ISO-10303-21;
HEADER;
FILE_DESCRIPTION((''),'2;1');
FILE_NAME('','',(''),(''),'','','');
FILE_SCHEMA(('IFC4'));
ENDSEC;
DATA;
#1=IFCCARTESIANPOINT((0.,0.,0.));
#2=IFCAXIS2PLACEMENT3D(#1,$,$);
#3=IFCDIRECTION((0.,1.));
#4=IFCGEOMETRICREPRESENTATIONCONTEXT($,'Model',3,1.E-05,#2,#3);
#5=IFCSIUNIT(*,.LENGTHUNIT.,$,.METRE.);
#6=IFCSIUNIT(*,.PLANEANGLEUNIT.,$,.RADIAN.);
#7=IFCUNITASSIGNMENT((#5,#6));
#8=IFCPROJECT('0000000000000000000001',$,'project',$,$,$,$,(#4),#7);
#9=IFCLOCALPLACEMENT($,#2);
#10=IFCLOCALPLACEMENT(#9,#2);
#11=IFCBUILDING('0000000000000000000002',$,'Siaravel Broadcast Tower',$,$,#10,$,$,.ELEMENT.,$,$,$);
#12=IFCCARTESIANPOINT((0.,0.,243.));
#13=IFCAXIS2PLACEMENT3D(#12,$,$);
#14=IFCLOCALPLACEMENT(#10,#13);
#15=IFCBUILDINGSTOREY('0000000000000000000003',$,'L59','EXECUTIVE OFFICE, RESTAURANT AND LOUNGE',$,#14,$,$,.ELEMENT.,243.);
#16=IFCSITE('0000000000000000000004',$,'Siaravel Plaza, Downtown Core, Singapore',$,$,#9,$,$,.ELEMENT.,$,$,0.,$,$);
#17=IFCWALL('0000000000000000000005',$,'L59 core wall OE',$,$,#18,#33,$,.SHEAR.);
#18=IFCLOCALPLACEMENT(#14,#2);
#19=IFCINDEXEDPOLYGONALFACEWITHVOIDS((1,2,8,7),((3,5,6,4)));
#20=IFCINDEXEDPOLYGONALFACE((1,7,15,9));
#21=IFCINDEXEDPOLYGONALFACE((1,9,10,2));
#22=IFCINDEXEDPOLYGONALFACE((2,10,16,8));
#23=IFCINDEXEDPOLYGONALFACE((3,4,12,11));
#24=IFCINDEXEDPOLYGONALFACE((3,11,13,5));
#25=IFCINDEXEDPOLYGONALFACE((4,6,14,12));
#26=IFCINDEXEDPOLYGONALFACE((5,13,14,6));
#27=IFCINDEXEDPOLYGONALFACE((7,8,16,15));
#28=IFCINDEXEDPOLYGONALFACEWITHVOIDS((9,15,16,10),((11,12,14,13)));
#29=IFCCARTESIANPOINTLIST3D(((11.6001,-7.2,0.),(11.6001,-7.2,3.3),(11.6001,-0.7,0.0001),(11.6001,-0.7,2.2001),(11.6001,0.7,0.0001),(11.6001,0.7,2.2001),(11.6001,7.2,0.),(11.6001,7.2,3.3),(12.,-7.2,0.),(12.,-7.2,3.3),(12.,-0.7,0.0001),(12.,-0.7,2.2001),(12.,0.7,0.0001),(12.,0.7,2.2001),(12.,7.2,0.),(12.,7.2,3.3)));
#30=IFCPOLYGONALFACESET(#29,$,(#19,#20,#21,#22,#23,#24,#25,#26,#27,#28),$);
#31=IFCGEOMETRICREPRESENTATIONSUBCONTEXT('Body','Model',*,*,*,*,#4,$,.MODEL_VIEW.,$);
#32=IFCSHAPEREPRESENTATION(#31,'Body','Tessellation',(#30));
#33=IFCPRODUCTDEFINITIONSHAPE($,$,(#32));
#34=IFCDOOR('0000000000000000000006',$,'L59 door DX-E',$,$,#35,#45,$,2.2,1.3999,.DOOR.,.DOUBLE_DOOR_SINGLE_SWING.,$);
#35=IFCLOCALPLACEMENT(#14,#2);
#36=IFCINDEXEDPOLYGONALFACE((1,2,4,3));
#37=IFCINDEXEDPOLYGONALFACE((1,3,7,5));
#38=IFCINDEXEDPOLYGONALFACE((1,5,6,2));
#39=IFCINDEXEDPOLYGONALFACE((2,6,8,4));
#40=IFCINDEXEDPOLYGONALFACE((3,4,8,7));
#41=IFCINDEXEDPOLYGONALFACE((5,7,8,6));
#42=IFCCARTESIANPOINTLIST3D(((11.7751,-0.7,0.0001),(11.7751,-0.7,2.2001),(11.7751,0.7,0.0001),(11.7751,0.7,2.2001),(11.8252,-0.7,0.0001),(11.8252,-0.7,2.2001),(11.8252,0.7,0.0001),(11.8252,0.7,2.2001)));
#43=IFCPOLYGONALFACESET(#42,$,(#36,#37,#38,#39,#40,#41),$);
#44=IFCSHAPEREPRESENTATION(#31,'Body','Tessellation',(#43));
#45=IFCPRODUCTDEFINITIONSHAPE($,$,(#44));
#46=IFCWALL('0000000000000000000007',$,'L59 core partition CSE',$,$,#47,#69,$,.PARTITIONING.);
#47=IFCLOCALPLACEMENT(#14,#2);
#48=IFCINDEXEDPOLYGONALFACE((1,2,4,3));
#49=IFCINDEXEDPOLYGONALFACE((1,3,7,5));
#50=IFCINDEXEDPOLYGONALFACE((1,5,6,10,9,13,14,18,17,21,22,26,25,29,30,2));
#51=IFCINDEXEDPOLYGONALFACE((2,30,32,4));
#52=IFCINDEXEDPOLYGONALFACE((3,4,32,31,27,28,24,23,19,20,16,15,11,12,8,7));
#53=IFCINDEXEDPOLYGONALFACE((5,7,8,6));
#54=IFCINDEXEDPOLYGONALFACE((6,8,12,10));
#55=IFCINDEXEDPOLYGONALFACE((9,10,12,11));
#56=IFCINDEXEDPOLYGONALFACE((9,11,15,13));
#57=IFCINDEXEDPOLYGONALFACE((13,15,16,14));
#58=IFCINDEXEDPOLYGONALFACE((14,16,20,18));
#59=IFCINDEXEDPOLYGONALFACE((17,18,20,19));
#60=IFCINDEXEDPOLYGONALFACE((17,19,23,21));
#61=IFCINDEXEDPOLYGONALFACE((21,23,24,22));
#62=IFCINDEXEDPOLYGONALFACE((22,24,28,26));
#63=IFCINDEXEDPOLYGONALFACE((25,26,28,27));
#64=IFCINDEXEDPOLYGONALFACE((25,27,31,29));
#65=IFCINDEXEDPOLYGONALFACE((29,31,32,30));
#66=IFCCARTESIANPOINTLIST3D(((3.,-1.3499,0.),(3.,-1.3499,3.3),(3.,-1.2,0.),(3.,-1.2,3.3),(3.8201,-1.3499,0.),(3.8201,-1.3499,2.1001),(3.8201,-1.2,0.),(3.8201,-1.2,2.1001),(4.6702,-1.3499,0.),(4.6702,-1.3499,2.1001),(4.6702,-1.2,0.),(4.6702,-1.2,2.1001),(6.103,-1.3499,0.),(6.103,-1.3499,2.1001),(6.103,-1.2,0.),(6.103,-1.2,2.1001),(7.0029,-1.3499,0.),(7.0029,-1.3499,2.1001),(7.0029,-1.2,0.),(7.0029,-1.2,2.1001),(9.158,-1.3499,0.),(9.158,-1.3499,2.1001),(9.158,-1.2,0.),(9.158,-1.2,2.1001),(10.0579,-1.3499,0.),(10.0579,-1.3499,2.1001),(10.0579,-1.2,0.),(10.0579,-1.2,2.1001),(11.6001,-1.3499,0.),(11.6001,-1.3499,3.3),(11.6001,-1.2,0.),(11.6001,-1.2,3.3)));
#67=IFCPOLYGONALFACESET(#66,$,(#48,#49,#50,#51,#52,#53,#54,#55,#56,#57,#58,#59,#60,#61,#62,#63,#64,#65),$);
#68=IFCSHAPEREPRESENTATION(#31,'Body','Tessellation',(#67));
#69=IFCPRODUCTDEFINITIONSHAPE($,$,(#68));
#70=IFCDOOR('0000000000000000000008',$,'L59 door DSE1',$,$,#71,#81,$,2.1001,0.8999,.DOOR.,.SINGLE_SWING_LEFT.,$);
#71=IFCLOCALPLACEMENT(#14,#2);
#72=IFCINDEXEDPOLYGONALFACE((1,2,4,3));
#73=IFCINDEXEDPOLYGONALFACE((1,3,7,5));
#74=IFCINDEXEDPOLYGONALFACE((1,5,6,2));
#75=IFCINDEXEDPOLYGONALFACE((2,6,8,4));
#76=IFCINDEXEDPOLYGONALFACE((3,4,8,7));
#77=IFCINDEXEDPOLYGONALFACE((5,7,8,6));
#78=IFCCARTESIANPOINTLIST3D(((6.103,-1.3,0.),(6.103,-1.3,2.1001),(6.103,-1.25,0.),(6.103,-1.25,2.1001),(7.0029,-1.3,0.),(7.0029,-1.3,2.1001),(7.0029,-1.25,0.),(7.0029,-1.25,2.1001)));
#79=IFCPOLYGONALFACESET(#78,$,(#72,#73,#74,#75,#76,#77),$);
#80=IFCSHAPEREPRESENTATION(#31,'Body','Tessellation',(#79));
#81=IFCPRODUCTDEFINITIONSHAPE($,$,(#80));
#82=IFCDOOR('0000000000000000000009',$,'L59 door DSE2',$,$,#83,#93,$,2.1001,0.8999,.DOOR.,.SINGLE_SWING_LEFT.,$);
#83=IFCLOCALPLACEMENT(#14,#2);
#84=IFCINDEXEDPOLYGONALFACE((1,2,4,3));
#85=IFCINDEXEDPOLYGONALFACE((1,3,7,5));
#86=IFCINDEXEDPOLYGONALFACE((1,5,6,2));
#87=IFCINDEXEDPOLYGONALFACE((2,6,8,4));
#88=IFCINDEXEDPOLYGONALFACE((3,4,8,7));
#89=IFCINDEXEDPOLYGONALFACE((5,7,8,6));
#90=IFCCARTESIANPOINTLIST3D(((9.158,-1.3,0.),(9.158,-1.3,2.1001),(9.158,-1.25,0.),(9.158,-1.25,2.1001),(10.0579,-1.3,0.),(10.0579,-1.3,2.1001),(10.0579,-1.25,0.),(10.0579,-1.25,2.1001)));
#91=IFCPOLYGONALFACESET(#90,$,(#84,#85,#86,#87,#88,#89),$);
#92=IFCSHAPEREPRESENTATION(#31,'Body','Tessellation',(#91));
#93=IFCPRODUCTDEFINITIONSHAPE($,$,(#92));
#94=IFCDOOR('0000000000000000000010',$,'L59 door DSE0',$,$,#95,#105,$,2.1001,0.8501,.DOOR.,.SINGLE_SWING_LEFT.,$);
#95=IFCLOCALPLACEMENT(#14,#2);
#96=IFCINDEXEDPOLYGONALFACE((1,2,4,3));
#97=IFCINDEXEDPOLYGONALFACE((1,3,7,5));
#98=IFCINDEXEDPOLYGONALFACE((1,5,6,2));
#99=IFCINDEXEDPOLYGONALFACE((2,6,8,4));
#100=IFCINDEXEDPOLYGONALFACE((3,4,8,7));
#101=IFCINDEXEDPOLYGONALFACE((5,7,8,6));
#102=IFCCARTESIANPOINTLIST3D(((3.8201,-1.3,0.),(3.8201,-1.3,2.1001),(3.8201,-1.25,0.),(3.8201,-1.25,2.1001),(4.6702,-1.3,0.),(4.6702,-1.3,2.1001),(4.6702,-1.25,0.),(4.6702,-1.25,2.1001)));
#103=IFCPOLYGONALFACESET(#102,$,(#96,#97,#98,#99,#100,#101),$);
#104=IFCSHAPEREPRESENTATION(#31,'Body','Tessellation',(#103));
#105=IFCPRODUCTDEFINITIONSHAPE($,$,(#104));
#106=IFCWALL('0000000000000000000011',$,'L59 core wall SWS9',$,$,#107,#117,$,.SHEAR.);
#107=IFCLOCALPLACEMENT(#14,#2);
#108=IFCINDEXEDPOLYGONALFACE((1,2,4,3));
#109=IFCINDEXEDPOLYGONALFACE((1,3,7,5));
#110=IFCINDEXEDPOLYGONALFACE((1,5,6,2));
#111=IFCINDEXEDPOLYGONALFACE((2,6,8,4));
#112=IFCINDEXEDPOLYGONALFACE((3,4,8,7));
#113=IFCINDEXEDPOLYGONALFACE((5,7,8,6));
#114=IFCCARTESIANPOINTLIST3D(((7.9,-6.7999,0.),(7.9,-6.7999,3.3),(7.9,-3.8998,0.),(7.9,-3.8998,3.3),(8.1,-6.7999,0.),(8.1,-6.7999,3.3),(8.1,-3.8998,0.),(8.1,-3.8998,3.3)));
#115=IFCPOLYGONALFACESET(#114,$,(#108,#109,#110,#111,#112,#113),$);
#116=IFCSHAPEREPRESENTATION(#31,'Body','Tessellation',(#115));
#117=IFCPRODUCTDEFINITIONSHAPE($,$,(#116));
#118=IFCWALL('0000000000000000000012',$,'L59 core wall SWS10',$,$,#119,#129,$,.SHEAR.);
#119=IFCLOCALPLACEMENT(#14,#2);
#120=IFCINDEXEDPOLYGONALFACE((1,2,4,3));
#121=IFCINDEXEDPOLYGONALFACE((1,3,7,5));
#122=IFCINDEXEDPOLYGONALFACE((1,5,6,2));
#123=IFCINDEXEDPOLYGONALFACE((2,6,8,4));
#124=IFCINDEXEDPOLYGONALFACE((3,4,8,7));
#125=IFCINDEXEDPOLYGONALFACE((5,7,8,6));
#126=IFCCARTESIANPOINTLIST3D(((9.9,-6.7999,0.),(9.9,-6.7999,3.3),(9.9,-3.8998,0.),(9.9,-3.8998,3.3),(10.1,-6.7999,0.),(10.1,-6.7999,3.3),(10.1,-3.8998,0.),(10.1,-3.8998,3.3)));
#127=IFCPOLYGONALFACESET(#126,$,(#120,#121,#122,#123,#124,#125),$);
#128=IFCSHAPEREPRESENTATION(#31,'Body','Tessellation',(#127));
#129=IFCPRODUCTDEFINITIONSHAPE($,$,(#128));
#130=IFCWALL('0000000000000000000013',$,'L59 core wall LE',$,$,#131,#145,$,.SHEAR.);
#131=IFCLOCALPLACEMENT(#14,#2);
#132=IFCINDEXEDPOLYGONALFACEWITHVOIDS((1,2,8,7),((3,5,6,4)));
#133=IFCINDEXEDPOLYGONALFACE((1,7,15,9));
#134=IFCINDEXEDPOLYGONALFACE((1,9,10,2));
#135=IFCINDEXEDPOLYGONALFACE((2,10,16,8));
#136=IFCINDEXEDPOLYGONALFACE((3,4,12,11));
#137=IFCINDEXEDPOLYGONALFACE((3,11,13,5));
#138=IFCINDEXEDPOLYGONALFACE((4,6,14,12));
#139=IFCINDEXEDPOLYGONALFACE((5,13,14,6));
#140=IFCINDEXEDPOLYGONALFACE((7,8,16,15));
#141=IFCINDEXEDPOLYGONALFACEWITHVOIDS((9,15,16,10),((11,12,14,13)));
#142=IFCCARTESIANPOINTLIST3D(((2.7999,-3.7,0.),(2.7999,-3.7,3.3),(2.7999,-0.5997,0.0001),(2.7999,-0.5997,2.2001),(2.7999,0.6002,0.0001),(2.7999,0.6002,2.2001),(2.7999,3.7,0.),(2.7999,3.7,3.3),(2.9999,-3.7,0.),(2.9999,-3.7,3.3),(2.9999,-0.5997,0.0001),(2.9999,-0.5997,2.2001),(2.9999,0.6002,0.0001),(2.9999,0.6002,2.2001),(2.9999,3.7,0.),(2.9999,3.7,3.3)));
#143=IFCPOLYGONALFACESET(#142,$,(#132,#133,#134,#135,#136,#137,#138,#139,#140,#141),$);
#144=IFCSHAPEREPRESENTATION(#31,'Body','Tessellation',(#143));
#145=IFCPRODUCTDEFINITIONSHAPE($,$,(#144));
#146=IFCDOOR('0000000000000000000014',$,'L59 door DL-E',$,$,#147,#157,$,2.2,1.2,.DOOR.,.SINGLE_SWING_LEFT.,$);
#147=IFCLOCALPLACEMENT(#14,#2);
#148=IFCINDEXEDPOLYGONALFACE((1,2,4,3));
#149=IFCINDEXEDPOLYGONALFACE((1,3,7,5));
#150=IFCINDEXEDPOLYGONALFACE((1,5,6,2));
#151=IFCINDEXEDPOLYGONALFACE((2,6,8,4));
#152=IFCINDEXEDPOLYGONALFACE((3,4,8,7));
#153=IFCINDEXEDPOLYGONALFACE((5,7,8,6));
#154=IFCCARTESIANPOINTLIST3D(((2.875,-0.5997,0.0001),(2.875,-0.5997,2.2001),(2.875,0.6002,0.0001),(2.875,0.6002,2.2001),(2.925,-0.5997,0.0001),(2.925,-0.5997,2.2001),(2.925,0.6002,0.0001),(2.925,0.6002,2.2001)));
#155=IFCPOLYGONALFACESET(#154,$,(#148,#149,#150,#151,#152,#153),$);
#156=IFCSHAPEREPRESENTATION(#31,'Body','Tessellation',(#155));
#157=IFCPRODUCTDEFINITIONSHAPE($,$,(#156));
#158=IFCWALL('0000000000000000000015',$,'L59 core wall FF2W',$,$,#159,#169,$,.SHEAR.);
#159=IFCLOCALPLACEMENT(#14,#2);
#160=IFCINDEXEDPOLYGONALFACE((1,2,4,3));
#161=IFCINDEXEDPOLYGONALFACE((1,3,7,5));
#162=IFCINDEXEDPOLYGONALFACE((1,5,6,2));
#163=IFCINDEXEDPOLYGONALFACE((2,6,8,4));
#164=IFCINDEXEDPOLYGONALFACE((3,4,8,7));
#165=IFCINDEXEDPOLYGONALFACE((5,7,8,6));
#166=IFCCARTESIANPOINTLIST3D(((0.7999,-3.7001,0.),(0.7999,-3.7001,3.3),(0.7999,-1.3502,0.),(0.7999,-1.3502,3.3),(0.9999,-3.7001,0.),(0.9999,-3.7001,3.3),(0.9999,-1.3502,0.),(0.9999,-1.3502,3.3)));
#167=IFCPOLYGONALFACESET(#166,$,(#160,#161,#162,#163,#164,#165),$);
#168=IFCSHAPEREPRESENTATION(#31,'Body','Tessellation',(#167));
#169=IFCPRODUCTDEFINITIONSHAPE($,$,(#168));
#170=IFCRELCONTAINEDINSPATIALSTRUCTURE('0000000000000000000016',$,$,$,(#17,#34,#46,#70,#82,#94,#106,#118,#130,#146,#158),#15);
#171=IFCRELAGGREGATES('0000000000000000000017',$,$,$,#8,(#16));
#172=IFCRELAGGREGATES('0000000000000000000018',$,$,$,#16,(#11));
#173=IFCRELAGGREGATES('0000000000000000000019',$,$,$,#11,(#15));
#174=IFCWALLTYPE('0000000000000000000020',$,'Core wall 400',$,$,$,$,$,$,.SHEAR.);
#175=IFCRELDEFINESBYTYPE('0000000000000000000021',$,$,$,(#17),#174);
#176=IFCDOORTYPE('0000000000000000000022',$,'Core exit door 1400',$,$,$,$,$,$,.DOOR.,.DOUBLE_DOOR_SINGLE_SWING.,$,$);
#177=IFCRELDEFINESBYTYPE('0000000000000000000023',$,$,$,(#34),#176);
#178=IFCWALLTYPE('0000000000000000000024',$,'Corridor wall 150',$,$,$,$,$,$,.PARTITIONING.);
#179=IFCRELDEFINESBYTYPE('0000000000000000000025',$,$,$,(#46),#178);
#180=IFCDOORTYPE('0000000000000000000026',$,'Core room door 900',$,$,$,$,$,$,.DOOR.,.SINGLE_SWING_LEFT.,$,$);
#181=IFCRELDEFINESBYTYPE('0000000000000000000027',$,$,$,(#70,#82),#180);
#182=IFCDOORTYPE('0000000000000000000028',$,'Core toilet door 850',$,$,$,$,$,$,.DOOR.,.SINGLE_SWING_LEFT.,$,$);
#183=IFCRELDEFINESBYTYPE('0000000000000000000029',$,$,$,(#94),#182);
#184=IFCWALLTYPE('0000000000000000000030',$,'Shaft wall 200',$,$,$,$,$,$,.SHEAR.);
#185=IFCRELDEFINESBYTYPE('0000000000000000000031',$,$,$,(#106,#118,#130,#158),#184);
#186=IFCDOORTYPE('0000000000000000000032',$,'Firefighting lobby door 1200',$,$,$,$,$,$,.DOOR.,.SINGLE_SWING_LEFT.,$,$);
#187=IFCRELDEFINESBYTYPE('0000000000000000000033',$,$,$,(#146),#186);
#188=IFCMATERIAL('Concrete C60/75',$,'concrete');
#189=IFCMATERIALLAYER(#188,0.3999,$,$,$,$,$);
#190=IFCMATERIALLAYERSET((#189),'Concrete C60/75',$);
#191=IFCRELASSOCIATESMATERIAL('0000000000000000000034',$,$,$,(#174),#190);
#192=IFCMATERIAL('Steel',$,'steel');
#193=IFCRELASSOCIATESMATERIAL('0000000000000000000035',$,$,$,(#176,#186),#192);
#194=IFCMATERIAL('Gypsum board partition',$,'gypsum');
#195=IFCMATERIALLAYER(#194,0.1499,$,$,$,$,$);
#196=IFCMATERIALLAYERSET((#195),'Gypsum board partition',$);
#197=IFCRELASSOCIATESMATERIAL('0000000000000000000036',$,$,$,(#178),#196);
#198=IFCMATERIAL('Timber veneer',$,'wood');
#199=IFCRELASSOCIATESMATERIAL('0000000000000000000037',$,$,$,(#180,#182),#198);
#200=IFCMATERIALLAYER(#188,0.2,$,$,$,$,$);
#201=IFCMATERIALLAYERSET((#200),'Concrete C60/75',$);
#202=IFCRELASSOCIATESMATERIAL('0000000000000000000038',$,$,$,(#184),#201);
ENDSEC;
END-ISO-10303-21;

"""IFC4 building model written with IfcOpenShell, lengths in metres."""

from ifc_helpers import new_model, si_unit, direction, frame, frame_2d, origin, place, context, subcontext, project, spatial, rectangle, extrude, material, layer, layer_set, type_object, element, fill, save


model = new_model("IFC4")

# Units and contexts
model_context = context("Model", 3, precision=1e-05, world=origin(), true_north=direction((0.0, 1.0)))
body_context = subcontext(model_context, "Body", "Model", "MODEL_VIEW")
ifc_project = project(units=[si_unit("LENGTHUNIT", "METRE"), si_unit("PLANEANGLEUNIT", "RADIAN")], contexts=[model_context])

# Site, building, storey
site_placement = place(None, origin())
site = spatial("IfcSite", under=ifc_project, at=site_placement, Name="Siaravel Plaza, Downtown Core, Singapore", CompositionType="ELEMENT", RefElevation=0.0)
building_placement = place(site_placement, origin())
building = spatial("IfcBuilding", under=site, at=building_placement, Name="Siaravel Broadcast Tower", CompositionType="ELEMENT")
storey_placement = place(building_placement, frame((0.0, 0.0, 243.0)))
storey = spatial("IfcBuildingStorey", under=building, at=storey_placement, Name="L59", Description="EXECUTIVE OFFICE, RESTAURANT AND LOUNGE", CompositionType="ELEMENT", Elevation=243.0)

# Wall, opening, door
ifc_material_1 = material(Name="Concrete C60/75", Category="concrete")
ifc_layer_1 = layer(ifc_material_1, 0.3999)
ifc_layer_set_1 = layer_set([ifc_layer_1], Name="Concrete C60/75")
wall_type_1 = type_object("IfcWallType", Name="Core wall 400", PredefinedType="SHEAR", material=ifc_layer_set_1)
wall_1_placement = place(storey_placement, frame((11.8, -7.2, 0.0), z_axis=(0.0, 0.0, 1.0), x_axis=(0.0, 1.0, 0.0)))
wall_1 = element("IfcWall", 1, at=wall_1_placement, inside=storey, type_object=wall_type_1, Name="L59 core wall OE", PredefinedType="SHEAR", context=body_context, shape_type="SweptSolid", body=[
    extrude(rectangle(XDim=14.3999, YDim=0.3999, at=frame_2d((7.2, 0.0))), origin(), (0.0, 0.0, 1.0), 3.3),
])
opening_1_placement = place(wall_1_placement, frame((6.5, 0.0, 0.0)))
opening_1 = element("IfcOpeningElement", 2, at=opening_1_placement, cuts=wall_1, PredefinedType="OPENING", context=body_context, shape_type="SweptSolid", body=[
    extrude(rectangle(XDim=1.3999, YDim=2.2, at=frame_2d((0.7, 1.1001))), frame((0.0, 0.21, 0.0), z_axis=(0.0, -1.0, 0.0), x_axis=(1.0, 0.0, 0.0)), (0.0, 0.0, 1.0), 0.4199),
])
ifc_material_2 = material(Name="Steel", Category="steel")
door_type_1 = type_object("IfcDoorType", Name="Core exit door 1400", OperationType="DOUBLE_DOOR_SINGLE_SWING", PredefinedType="DOOR", material=ifc_material_2)
door_1_placement = place(opening_1_placement, origin())
door_1 = element("IfcDoor", 3, at=door_1_placement, inside=storey, type_object=door_type_1, Name="L59 door DX-E", OperationType="DOUBLE_DOOR_SINGLE_SWING", OverallHeight=2.2, OverallWidth=1.3999, PredefinedType="DOOR", context=body_context, shape_type="SweptSolid", body=[
    extrude(rectangle(XDim=1.3999, YDim=2.2, at=frame_2d((0.7, 1.1001))), frame((0.0, 0.0249, 0.0), z_axis=(0.0, -1.0, 0.0), x_axis=(1.0, 0.0, 0.0)), (0.0, 0.0, 1.0), 0.05),
])
fill(opening_1, door_1)

# Wall, openings, doors
ifc_material_3 = material(Name="Gypsum board partition", Category="gypsum")
ifc_layer_2 = layer(ifc_material_3, 0.1499)
ifc_layer_set_2 = layer_set([ifc_layer_2], Name="Gypsum board partition")
wall_type_2 = type_object("IfcWallType", Name="Corridor wall 150", PredefinedType="PARTITIONING", material=ifc_layer_set_2)
wall_2_placement = place(storey_placement, frame((3.0, -1.2749, 0.0), z_axis=(0.0, 0.0, 1.0), x_axis=(1.0, 0.0, 0.0)))
wall_2 = element("IfcWall", 4, at=wall_2_placement, inside=storey, type_object=wall_type_2, Name="L59 core partition CSE", PredefinedType="PARTITIONING", context=body_context, shape_type="SweptSolid", body=[
    extrude(rectangle(XDim=8.6001, YDim=0.1499, at=frame_2d((4.3, 0.0))), origin(), (0.0, 0.0, 1.0), 3.3),
])
opening_2_placement = place(wall_2_placement, frame((0.8201, 0.0, 0.0)))
opening_2 = element("IfcOpeningElement", 5, at=opening_2_placement, cuts=wall_2, PredefinedType="OPENING", context=body_context, shape_type="SweptSolid", body=[
    extrude(rectangle(XDim=0.8501, YDim=2.1001, at=frame_2d((0.425, 1.05))), frame((0.0, 0.085, 0.0), z_axis=(0.0, -1.0, 0.0), x_axis=(1.0, 0.0, 0.0)), (0.0, 0.0, 1.0), 0.1699),
])
opening_3_placement = place(wall_2_placement, frame((3.103, 0.0, 0.0)))
opening_3 = element("IfcOpeningElement", 6, at=opening_3_placement, cuts=wall_2, PredefinedType="OPENING", context=body_context, shape_type="SweptSolid", body=[
    extrude(rectangle(XDim=0.8999, YDim=2.1001, at=frame_2d((0.45, 1.05))), frame((0.0, 0.085, 0.0), z_axis=(0.0, -1.0, 0.0), x_axis=(1.0, 0.0, 0.0)), (0.0, 0.0, 1.0), 0.1699),
])
opening_4_placement = place(wall_2_placement, frame((6.158, 0.0, 0.0)))
opening_4 = element("IfcOpeningElement", 7, at=opening_4_placement, cuts=wall_2, PredefinedType="OPENING", context=body_context, shape_type="SweptSolid", body=[
    extrude(rectangle(XDim=0.8999, YDim=2.1001, at=frame_2d((0.45, 1.05))), frame((0.0, 0.085, 0.0), z_axis=(0.0, -1.0, 0.0), x_axis=(1.0, 0.0, 0.0)), (0.0, 0.0, 1.0), 0.1699),
])
ifc_material_4 = material(Name="Timber veneer", Category="wood")
door_type_2 = type_object("IfcDoorType", Name="Core room door 900", OperationType="SINGLE_SWING_LEFT", PredefinedType="DOOR", material=ifc_material_4)
door_2_placement = place(opening_3_placement, origin())
door_2 = element("IfcDoor", 8, at=door_2_placement, inside=storey, type_object=door_type_2, Name="L59 door DSE1", OperationType="SINGLE_SWING_LEFT", OverallHeight=2.1001, OverallWidth=0.8999, PredefinedType="DOOR", context=body_context, shape_type="SweptSolid", body=[
    extrude(rectangle(XDim=0.8999, YDim=2.1001, at=frame_2d((0.45, 1.05))), frame((0.0, 0.0249, 0.0), z_axis=(0.0, -1.0, 0.0), x_axis=(1.0, 0.0, 0.0)), (0.0, 0.0, 1.0), 0.05),
])
fill(opening_3, door_2)
door_3_placement = place(opening_4_placement, origin())
door_3 = element("IfcDoor", 9, at=door_3_placement, inside=storey, type_object=door_type_2, Name="L59 door DSE2", OperationType="SINGLE_SWING_LEFT", OverallHeight=2.1001, OverallWidth=0.8999, PredefinedType="DOOR", context=body_context, shape_type="SweptSolid", body=[
    extrude(rectangle(XDim=0.8999, YDim=2.1001, at=frame_2d((0.45, 1.05))), frame((0.0, 0.0249, 0.0), z_axis=(0.0, -1.0, 0.0), x_axis=(1.0, 0.0, 0.0)), (0.0, 0.0, 1.0), 0.05),
])
fill(opening_4, door_3)
door_type_3 = type_object("IfcDoorType", Name="Core toilet door 850", OperationType="SINGLE_SWING_LEFT", PredefinedType="DOOR", material=ifc_material_4)
door_4_placement = place(opening_2_placement, origin())
door_4 = element("IfcDoor", 10, at=door_4_placement, inside=storey, type_object=door_type_3, Name="L59 door DSE0", OperationType="SINGLE_SWING_LEFT", OverallHeight=2.1001, OverallWidth=0.8501, PredefinedType="DOOR", context=body_context, shape_type="SweptSolid", body=[
    extrude(rectangle(XDim=0.8501, YDim=2.1001, at=frame_2d((0.425, 1.05))), frame((0.0, 0.0249, 0.0), z_axis=(0.0, -1.0, 0.0), x_axis=(1.0, 0.0, 0.0)), (0.0, 0.0, 1.0), 0.05),
])
fill(opening_2, door_4)

# Walls
ifc_layer_3 = layer(ifc_material_1, 0.2)
ifc_layer_set_3 = layer_set([ifc_layer_3], Name="Concrete C60/75")
wall_type_3 = type_object("IfcWallType", Name="Shaft wall 200", PredefinedType="SHEAR", material=ifc_layer_set_3)
for number, where, z_axis, x_axis, name in (
    (11, (8.0, -6.8, 0.0), (0.0, 0.0, 1.0), (0.0, 1.0, 0.0), "L59 core wall SWS9"),
    (12, (10.0, -6.8, 0.0), (0.0, 0.0, 1.0), (0.0, 1.0, 0.0), "L59 core wall SWS10"),
):
    element("IfcWall", number, at=place(storey_placement, frame(where, z_axis=z_axis, x_axis=x_axis)), inside=storey, type_object=wall_type_3, Name=name, PredefinedType="SHEAR", context=body_context, shape_type="SweptSolid", body=[
        extrude(rectangle(XDim=2.9001, YDim=0.2, at=frame_2d((1.4502, 0.0))), origin(), (0.0, 0.0, 1.0), 3.3),
    ])

# Wall, opening, door
wall_3_placement = place(storey_placement, frame((2.8999, -3.7, 0.0), z_axis=(0.0, 0.0, 1.0), x_axis=(0.0, 1.0, 0.0)))
wall_3 = element("IfcWall", 13, at=wall_3_placement, inside=storey, type_object=wall_type_3, Name="L59 core wall LE", PredefinedType="SHEAR", context=body_context, shape_type="SweptSolid", body=[
    extrude(rectangle(XDim=7.3999, YDim=0.2, at=frame_2d((3.7, 0.0))), origin(), (0.0, 0.0, 1.0), 3.3),
])
opening_5_placement = place(wall_3_placement, frame((3.1001, 0.0, 0.0)))
opening_5 = element("IfcOpeningElement", 14, at=opening_5_placement, cuts=wall_3, PredefinedType="OPENING", context=body_context, shape_type="SweptSolid", body=[
    extrude(rectangle(XDim=1.2, YDim=2.2, at=frame_2d((0.6001, 1.1001))), frame((0.0, 0.1099, 0.0), z_axis=(0.0, -1.0, 0.0), x_axis=(1.0, 0.0, 0.0)), (0.0, 0.0, 1.0), 0.22),
])
door_type_4 = type_object("IfcDoorType", Name="Firefighting lobby door 1200", OperationType="SINGLE_SWING_LEFT", PredefinedType="DOOR", material=ifc_material_2)
door_5_placement = place(opening_5_placement, origin())
door_5 = element("IfcDoor", 15, at=door_5_placement, inside=storey, type_object=door_type_4, Name="L59 door DL-E", OperationType="SINGLE_SWING_LEFT", OverallHeight=2.2, OverallWidth=1.2, PredefinedType="DOOR", context=body_context, shape_type="SweptSolid", body=[
    extrude(rectangle(XDim=1.2, YDim=2.2, at=frame_2d((0.6001, 1.1001))), frame((0.0, 0.0249, 0.0), z_axis=(0.0, -1.0, 0.0), x_axis=(1.0, 0.0, 0.0)), (0.0, 0.0, 1.0), 0.05),
])
fill(opening_5, door_5)

# Wall
wall_4_placement = place(storey_placement, frame((0.8999, -3.7, 0.0), z_axis=(0.0, 0.0, 1.0), x_axis=(0.0, 1.0, 0.0)))
element("IfcWall", 16, at=wall_4_placement, inside=storey, type_object=wall_type_3, Name="L59 core wall FF2W", PredefinedType="SHEAR", context=body_context, shape_type="SweptSolid", body=[
    extrude(rectangle(XDim=2.3499, YDim=0.2, at=frame_2d((1.1748, 0.0))), origin(), (0.0, 0.0, 1.0), 3.3),
])

save(model, "model.ifc")
